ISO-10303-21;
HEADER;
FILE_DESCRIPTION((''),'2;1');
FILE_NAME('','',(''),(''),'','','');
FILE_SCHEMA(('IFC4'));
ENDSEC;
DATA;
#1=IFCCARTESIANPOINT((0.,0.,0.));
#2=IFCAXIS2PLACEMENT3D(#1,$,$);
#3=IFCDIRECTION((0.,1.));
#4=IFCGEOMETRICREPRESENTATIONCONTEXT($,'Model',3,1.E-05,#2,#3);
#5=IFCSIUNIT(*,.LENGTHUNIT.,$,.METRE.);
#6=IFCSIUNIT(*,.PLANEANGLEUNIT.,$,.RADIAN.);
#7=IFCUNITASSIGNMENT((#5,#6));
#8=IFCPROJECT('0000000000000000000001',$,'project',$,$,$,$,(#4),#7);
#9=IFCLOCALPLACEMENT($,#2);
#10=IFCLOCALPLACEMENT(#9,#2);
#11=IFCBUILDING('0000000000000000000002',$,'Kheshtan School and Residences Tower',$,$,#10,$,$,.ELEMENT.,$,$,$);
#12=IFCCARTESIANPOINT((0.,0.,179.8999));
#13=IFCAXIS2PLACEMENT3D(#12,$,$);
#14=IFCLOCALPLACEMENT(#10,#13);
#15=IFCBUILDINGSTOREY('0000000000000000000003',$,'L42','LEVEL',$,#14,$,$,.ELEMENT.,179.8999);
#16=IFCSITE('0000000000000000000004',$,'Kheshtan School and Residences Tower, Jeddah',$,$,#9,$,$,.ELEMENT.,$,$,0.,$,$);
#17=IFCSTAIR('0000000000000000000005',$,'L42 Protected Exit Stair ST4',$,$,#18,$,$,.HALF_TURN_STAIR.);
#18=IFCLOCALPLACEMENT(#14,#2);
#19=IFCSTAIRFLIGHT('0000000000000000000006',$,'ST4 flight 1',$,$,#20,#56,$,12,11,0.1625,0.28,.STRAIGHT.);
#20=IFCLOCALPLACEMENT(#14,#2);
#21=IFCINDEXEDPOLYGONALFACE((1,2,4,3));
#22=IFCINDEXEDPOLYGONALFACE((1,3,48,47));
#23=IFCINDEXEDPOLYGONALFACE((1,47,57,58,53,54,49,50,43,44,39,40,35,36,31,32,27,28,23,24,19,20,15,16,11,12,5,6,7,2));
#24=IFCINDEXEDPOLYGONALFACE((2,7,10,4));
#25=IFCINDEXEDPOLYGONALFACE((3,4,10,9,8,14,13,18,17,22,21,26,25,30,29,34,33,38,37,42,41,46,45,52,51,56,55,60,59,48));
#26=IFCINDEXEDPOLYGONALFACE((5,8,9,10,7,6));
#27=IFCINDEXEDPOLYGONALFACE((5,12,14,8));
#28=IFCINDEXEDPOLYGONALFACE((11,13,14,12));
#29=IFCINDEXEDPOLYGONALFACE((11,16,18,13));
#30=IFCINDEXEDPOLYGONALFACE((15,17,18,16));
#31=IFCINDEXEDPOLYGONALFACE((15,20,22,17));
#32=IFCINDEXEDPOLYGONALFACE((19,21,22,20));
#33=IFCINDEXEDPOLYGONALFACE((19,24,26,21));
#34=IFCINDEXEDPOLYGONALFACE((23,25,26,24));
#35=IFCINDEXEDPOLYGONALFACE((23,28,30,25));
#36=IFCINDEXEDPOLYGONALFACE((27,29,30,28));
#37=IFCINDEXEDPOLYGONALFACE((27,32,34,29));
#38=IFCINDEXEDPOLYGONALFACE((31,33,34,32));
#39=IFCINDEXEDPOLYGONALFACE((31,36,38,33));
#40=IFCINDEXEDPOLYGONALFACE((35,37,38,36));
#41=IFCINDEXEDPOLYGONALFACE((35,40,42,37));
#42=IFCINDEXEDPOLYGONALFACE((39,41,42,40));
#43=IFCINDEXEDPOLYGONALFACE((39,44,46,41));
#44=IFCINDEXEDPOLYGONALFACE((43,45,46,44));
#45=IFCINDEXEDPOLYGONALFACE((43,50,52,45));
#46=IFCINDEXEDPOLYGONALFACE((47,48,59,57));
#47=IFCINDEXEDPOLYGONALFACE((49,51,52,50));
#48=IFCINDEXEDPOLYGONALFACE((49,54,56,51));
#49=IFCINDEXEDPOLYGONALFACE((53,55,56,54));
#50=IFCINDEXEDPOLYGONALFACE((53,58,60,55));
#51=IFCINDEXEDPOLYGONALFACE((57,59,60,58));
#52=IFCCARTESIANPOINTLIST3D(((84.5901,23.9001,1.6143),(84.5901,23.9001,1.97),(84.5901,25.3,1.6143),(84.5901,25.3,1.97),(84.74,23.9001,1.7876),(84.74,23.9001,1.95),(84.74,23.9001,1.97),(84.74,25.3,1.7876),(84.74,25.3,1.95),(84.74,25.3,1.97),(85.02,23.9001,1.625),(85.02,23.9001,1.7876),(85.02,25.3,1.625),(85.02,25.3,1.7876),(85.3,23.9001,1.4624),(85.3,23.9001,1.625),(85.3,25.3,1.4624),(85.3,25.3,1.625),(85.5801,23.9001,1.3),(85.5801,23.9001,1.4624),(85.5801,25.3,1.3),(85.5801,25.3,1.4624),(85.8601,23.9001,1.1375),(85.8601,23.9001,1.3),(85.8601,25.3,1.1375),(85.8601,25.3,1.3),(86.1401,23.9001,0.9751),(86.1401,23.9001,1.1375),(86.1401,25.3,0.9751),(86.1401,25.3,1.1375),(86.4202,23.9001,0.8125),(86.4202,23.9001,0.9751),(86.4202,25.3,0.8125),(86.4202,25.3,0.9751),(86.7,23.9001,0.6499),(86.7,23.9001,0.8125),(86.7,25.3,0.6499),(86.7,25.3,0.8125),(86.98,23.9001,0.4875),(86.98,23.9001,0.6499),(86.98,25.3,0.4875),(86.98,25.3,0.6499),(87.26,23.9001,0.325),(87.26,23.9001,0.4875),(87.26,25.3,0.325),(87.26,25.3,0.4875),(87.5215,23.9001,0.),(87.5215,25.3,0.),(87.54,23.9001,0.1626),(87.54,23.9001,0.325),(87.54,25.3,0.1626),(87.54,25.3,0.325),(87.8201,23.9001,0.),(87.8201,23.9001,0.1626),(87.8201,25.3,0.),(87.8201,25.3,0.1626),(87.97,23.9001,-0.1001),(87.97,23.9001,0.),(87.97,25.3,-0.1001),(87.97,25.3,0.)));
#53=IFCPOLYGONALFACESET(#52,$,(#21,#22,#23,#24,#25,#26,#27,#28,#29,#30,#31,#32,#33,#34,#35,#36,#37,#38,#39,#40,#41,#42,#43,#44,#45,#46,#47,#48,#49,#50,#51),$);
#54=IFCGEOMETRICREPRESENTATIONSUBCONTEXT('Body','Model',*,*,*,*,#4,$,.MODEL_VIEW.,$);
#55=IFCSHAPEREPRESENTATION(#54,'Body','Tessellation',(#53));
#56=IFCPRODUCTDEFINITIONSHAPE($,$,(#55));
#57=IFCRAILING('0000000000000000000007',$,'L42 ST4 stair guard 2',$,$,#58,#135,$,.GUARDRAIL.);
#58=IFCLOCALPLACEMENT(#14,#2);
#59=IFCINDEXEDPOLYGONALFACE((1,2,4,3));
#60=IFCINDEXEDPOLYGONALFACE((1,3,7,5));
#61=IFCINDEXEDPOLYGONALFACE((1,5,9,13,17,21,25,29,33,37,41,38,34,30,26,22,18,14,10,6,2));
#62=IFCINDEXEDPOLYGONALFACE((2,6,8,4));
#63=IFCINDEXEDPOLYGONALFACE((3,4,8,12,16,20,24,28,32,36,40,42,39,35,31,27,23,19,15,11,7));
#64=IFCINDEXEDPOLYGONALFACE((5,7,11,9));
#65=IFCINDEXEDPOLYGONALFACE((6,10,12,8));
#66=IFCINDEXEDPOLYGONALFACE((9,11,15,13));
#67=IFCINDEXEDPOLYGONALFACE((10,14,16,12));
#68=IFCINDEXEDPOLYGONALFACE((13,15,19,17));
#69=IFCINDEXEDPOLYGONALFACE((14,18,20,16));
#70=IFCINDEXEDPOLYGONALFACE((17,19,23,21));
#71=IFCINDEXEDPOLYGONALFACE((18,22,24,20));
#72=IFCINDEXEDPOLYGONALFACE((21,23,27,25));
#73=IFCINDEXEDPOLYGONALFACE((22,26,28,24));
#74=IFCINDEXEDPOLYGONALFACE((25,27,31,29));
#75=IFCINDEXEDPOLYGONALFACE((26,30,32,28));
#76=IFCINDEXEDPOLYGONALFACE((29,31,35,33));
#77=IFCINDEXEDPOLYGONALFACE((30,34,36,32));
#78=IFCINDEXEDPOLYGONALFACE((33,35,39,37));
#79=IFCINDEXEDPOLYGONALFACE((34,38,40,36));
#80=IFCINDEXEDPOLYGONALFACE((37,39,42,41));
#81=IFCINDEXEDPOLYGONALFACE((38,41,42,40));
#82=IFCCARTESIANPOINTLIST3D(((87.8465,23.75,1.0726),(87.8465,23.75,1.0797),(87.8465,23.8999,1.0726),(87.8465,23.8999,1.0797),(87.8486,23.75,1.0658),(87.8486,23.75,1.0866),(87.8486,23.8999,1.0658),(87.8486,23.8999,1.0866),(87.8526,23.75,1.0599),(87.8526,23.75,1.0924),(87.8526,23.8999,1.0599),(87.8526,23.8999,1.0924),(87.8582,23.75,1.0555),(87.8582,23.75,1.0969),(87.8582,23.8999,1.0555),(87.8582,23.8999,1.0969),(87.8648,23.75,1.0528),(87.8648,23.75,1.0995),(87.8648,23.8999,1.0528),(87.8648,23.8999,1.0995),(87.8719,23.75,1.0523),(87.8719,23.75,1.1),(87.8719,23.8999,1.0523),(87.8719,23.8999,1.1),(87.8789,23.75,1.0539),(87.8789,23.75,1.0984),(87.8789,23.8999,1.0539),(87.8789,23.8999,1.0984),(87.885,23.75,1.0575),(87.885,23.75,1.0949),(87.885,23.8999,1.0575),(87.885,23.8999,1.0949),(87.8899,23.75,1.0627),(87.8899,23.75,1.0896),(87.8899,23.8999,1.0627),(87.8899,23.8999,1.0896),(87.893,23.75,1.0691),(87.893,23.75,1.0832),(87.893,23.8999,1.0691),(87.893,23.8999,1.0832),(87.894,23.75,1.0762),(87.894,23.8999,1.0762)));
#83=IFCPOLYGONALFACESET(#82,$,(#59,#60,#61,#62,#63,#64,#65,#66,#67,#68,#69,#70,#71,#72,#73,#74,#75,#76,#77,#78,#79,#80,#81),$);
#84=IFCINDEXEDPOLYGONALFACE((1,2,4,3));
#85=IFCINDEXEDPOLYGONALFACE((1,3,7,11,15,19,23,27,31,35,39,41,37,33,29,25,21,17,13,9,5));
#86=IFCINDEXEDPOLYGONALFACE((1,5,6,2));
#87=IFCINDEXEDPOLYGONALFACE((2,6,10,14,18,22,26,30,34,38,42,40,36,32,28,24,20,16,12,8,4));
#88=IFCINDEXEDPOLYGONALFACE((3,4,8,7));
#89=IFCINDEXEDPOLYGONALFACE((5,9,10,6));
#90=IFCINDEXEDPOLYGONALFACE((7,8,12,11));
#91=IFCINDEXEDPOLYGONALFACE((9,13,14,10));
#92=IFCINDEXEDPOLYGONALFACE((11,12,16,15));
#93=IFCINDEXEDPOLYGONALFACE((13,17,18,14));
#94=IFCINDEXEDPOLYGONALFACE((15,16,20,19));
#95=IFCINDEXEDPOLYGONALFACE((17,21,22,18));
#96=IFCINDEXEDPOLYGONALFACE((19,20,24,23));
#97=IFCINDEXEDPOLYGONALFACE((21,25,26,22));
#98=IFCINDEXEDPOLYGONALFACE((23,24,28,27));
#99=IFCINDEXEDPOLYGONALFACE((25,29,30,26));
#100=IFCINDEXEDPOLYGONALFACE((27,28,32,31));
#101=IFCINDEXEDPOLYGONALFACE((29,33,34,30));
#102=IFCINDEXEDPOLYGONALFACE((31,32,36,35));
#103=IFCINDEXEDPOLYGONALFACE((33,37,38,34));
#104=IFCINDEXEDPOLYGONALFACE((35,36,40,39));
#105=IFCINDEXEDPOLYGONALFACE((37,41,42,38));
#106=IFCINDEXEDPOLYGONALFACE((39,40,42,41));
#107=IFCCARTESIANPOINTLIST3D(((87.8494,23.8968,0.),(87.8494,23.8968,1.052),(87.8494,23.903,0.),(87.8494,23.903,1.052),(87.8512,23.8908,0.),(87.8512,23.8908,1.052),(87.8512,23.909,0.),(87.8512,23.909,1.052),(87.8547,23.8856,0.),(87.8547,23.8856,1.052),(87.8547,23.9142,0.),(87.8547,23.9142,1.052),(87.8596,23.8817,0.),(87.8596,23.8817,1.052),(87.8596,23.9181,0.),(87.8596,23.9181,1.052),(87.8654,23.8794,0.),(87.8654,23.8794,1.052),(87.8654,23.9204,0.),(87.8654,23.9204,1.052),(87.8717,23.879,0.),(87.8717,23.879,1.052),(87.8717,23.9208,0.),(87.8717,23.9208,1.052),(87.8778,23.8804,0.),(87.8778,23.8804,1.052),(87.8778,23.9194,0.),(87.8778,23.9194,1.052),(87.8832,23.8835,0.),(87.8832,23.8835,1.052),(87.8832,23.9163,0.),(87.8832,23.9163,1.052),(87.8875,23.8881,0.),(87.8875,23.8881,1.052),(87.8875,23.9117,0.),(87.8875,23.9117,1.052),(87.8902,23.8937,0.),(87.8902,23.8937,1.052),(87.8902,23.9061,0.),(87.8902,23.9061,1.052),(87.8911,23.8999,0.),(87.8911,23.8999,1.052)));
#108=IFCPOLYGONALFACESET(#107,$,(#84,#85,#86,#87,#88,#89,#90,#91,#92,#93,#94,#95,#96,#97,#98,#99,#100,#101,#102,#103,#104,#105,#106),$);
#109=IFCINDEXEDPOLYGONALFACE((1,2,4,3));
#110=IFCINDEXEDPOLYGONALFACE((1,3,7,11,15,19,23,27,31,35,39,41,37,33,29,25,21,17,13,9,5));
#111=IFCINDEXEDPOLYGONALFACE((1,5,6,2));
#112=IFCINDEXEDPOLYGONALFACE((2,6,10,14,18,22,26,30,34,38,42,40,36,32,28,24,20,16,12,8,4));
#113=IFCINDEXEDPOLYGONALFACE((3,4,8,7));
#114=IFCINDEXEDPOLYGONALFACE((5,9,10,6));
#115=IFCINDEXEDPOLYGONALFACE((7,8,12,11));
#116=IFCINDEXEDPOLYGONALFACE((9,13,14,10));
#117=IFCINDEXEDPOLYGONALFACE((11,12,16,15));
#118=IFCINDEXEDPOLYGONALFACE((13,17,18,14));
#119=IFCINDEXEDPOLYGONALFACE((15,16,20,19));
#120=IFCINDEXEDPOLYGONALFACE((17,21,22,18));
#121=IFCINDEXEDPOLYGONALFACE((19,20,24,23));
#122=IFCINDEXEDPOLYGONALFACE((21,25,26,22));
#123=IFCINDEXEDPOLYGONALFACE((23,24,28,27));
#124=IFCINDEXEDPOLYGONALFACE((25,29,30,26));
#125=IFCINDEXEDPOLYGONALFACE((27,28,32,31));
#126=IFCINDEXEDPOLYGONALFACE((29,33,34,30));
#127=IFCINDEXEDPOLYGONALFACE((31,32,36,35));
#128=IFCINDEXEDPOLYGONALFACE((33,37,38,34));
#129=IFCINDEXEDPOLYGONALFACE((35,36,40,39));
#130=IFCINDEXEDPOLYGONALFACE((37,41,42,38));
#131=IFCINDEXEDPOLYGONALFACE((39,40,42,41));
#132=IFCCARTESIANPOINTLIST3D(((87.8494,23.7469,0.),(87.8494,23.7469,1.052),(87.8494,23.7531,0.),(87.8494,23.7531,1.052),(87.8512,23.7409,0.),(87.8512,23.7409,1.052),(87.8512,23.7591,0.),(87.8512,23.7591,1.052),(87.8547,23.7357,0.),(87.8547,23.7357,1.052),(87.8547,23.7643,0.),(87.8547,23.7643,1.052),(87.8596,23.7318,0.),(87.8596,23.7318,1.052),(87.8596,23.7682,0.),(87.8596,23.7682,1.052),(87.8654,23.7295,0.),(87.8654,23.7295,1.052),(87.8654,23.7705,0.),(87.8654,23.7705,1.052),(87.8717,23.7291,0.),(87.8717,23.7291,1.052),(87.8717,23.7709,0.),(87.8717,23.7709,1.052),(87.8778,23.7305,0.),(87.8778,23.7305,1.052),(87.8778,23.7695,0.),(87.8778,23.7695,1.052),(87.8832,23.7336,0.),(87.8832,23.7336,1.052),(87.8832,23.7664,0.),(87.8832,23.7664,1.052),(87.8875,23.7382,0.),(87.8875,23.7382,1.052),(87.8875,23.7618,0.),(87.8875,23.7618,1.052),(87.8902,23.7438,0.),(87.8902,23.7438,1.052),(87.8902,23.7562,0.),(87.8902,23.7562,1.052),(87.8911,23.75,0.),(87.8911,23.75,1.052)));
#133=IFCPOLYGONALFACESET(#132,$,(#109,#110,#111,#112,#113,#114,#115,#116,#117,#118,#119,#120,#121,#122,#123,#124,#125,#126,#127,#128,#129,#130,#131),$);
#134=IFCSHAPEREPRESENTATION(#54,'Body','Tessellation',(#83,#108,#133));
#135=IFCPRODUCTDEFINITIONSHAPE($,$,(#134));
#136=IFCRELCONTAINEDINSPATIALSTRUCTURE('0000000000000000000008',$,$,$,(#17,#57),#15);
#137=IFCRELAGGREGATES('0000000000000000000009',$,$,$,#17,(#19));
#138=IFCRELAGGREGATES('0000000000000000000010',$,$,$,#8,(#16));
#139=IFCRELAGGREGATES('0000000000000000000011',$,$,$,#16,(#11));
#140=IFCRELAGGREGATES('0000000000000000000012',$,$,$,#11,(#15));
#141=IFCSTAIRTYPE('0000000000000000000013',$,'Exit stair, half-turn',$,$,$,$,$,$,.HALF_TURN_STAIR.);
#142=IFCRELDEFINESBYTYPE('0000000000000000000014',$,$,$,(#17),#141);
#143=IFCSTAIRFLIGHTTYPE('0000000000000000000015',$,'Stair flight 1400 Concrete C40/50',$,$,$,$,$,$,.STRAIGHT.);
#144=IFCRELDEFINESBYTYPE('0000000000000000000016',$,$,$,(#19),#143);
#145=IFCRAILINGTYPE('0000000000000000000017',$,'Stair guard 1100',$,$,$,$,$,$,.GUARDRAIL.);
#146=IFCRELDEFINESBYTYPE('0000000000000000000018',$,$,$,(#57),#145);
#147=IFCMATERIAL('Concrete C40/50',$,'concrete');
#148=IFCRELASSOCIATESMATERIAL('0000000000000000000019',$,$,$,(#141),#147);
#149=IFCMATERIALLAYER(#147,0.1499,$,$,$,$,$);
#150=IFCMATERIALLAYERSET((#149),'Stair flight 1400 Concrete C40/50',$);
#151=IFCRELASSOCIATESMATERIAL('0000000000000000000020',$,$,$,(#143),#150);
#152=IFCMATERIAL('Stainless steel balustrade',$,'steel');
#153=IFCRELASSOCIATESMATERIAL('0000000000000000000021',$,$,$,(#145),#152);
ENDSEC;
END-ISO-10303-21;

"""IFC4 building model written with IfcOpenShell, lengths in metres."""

from ifc_helpers import new_model, si_unit, direction, frame, origin, origin_2d, place, context, subcontext, project, spatial, polyline, circle, outline, extrude, material, layer, layer_set, type_object, element, aggregate, save


model = new_model("IFC4")

# Units and contexts
model_context = context("Model", 3, precision=1e-05, world=origin(), true_north=direction((0.0, 1.0)))
body_context = subcontext(model_context, "Body", "Model", "MODEL_VIEW")
ifc_project = project(units=[si_unit("LENGTHUNIT", "METRE"), si_unit("PLANEANGLEUNIT", "RADIAN")], contexts=[model_context])

# Site, building, storey
site_placement = place(None, origin())
site = spatial("IfcSite", under=ifc_project, at=site_placement, Name="Kheshtan School and Residences Tower, Jeddah", CompositionType="ELEMENT", RefElevation=0.0)
building_placement = place(site_placement, origin())
building = spatial("IfcBuilding", under=site, at=building_placement, Name="Kheshtan School and Residences Tower", CompositionType="ELEMENT")
storey_placement = place(building_placement, frame((0.0, 0.0, 179.8999)))
storey = spatial("IfcBuildingStorey", under=building, at=storey_placement, Name="L42", Description="LEVEL", CompositionType="ELEMENT", Elevation=179.8999)

# Shared definitions
ifc_material_1 = material(Name="Concrete C40/50", Category="concrete")

# Stair, stair flight
stair_type = type_object("IfcStairType", Name="Exit stair, half-turn", PredefinedType="HALF_TURN_STAIR", material=ifc_material_1)
stair_placement = place(storey_placement, origin())
stair = element("IfcStair", 1, at=stair_placement, inside=storey, type_object=stair_type, Name="L42 Protected Exit Stair ST4", PredefinedType="HALF_TURN_STAIR")
ifc_layer_1 = layer(ifc_material_1, 0.1499)
ifc_layer_set_1 = layer_set([ifc_layer_1], Name="Stair flight 1400 Concrete C40/50")
stair_flight_type = type_object("IfcStairFlightType", Name="Stair flight 1400 Concrete C40/50", PredefinedType="STRAIGHT", material=ifc_layer_set_1)
stair_flight_placement = place(storey_placement, frame((87.8201, 24.6001, 0.0), z_axis=(0.0, 0.0, 1.0), x_axis=(-1.0, 0.0, 0.0)))
stair_flight = element("IfcStairFlight", 2, at=stair_flight_placement, type_object=stair_flight_type, Name="ST4 flight 1", NumberOfRisers=12, NumberOfTreads=11, PredefinedType="STRAIGHT", RiserHeight=0.1625, TreadLength=0.28, context=body_context, shape_type="SweptSolid", body=[
    extrude(outline(polyline([(-0.1499, -0.1001), (-0.1499, 0.0), (0.0, 0.0), (0.0, 0.1626), (0.28, 0.1626), (0.28, 0.325), (0.5601, 0.325), (0.5601, 0.4875), (0.8401, 0.4875), (0.8401, 0.6499), (1.1201, 0.6499), (1.1201, 0.8125), (1.3999, 0.8125), (1.3999, 0.9751), (1.6799, 0.9751), (1.6799, 1.1375), (1.96, 1.1375), (1.96, 1.3), (2.24, 1.3), (2.24, 1.4624), (2.52, 1.4624), (2.52, 1.625), (2.8, 1.625), (2.8, 1.7876), (3.0801, 1.7876), (3.0801, 1.95), (3.0801, 1.97), (3.23, 1.97), (3.23, 1.6143), (0.2986, 0.0), (-0.1499, -0.1001)])), frame((0.0, 0.7, 0.0), z_axis=(0.0, -1.0, 0.0), x_axis=(1.0, 0.0, 0.0)), (0.0, 0.0, 1.0), 1.3999),
])
aggregate(stair, [stair_flight])

# Railing
ifc_material_2 = material(Name="Stainless steel balustrade", Category="steel")
railing_type_1 = type_object("IfcRailingType", Name="Stair guard 1100", PredefinedType="GUARDRAIL", material=ifc_material_2)
railing_1_placement = place(storey_placement, frame((87.8701, 23.8999, 0.0)))
element("IfcRailing", 3, at=railing_1_placement, inside=storey, type_object=railing_type_1, Name="L42 ST4 stair guard 2", PredefinedType="GUARDRAIL", context=body_context, shape_type="SweptSolid", body=[
    extrude(circle(Radius=0.0239, at=origin_2d()), frame((0.0, 0.0, 1.0762), z_axis=(0.0, -1.0, 0.0), x_axis=(1.0, 0.0, 0.0)), (0.0, 0.0, 1.0), 0.1499),
    extrude(circle(Radius=0.021, at=origin_2d()), origin(), (0.0, 0.0, 1.0), 1.052),
    extrude(circle(Radius=0.021, at=origin_2d()), frame((0.0, -0.1499, 0.0)), (0.0, 0.0, 1.0), 1.052),
])

save(model, "model.ifc")
